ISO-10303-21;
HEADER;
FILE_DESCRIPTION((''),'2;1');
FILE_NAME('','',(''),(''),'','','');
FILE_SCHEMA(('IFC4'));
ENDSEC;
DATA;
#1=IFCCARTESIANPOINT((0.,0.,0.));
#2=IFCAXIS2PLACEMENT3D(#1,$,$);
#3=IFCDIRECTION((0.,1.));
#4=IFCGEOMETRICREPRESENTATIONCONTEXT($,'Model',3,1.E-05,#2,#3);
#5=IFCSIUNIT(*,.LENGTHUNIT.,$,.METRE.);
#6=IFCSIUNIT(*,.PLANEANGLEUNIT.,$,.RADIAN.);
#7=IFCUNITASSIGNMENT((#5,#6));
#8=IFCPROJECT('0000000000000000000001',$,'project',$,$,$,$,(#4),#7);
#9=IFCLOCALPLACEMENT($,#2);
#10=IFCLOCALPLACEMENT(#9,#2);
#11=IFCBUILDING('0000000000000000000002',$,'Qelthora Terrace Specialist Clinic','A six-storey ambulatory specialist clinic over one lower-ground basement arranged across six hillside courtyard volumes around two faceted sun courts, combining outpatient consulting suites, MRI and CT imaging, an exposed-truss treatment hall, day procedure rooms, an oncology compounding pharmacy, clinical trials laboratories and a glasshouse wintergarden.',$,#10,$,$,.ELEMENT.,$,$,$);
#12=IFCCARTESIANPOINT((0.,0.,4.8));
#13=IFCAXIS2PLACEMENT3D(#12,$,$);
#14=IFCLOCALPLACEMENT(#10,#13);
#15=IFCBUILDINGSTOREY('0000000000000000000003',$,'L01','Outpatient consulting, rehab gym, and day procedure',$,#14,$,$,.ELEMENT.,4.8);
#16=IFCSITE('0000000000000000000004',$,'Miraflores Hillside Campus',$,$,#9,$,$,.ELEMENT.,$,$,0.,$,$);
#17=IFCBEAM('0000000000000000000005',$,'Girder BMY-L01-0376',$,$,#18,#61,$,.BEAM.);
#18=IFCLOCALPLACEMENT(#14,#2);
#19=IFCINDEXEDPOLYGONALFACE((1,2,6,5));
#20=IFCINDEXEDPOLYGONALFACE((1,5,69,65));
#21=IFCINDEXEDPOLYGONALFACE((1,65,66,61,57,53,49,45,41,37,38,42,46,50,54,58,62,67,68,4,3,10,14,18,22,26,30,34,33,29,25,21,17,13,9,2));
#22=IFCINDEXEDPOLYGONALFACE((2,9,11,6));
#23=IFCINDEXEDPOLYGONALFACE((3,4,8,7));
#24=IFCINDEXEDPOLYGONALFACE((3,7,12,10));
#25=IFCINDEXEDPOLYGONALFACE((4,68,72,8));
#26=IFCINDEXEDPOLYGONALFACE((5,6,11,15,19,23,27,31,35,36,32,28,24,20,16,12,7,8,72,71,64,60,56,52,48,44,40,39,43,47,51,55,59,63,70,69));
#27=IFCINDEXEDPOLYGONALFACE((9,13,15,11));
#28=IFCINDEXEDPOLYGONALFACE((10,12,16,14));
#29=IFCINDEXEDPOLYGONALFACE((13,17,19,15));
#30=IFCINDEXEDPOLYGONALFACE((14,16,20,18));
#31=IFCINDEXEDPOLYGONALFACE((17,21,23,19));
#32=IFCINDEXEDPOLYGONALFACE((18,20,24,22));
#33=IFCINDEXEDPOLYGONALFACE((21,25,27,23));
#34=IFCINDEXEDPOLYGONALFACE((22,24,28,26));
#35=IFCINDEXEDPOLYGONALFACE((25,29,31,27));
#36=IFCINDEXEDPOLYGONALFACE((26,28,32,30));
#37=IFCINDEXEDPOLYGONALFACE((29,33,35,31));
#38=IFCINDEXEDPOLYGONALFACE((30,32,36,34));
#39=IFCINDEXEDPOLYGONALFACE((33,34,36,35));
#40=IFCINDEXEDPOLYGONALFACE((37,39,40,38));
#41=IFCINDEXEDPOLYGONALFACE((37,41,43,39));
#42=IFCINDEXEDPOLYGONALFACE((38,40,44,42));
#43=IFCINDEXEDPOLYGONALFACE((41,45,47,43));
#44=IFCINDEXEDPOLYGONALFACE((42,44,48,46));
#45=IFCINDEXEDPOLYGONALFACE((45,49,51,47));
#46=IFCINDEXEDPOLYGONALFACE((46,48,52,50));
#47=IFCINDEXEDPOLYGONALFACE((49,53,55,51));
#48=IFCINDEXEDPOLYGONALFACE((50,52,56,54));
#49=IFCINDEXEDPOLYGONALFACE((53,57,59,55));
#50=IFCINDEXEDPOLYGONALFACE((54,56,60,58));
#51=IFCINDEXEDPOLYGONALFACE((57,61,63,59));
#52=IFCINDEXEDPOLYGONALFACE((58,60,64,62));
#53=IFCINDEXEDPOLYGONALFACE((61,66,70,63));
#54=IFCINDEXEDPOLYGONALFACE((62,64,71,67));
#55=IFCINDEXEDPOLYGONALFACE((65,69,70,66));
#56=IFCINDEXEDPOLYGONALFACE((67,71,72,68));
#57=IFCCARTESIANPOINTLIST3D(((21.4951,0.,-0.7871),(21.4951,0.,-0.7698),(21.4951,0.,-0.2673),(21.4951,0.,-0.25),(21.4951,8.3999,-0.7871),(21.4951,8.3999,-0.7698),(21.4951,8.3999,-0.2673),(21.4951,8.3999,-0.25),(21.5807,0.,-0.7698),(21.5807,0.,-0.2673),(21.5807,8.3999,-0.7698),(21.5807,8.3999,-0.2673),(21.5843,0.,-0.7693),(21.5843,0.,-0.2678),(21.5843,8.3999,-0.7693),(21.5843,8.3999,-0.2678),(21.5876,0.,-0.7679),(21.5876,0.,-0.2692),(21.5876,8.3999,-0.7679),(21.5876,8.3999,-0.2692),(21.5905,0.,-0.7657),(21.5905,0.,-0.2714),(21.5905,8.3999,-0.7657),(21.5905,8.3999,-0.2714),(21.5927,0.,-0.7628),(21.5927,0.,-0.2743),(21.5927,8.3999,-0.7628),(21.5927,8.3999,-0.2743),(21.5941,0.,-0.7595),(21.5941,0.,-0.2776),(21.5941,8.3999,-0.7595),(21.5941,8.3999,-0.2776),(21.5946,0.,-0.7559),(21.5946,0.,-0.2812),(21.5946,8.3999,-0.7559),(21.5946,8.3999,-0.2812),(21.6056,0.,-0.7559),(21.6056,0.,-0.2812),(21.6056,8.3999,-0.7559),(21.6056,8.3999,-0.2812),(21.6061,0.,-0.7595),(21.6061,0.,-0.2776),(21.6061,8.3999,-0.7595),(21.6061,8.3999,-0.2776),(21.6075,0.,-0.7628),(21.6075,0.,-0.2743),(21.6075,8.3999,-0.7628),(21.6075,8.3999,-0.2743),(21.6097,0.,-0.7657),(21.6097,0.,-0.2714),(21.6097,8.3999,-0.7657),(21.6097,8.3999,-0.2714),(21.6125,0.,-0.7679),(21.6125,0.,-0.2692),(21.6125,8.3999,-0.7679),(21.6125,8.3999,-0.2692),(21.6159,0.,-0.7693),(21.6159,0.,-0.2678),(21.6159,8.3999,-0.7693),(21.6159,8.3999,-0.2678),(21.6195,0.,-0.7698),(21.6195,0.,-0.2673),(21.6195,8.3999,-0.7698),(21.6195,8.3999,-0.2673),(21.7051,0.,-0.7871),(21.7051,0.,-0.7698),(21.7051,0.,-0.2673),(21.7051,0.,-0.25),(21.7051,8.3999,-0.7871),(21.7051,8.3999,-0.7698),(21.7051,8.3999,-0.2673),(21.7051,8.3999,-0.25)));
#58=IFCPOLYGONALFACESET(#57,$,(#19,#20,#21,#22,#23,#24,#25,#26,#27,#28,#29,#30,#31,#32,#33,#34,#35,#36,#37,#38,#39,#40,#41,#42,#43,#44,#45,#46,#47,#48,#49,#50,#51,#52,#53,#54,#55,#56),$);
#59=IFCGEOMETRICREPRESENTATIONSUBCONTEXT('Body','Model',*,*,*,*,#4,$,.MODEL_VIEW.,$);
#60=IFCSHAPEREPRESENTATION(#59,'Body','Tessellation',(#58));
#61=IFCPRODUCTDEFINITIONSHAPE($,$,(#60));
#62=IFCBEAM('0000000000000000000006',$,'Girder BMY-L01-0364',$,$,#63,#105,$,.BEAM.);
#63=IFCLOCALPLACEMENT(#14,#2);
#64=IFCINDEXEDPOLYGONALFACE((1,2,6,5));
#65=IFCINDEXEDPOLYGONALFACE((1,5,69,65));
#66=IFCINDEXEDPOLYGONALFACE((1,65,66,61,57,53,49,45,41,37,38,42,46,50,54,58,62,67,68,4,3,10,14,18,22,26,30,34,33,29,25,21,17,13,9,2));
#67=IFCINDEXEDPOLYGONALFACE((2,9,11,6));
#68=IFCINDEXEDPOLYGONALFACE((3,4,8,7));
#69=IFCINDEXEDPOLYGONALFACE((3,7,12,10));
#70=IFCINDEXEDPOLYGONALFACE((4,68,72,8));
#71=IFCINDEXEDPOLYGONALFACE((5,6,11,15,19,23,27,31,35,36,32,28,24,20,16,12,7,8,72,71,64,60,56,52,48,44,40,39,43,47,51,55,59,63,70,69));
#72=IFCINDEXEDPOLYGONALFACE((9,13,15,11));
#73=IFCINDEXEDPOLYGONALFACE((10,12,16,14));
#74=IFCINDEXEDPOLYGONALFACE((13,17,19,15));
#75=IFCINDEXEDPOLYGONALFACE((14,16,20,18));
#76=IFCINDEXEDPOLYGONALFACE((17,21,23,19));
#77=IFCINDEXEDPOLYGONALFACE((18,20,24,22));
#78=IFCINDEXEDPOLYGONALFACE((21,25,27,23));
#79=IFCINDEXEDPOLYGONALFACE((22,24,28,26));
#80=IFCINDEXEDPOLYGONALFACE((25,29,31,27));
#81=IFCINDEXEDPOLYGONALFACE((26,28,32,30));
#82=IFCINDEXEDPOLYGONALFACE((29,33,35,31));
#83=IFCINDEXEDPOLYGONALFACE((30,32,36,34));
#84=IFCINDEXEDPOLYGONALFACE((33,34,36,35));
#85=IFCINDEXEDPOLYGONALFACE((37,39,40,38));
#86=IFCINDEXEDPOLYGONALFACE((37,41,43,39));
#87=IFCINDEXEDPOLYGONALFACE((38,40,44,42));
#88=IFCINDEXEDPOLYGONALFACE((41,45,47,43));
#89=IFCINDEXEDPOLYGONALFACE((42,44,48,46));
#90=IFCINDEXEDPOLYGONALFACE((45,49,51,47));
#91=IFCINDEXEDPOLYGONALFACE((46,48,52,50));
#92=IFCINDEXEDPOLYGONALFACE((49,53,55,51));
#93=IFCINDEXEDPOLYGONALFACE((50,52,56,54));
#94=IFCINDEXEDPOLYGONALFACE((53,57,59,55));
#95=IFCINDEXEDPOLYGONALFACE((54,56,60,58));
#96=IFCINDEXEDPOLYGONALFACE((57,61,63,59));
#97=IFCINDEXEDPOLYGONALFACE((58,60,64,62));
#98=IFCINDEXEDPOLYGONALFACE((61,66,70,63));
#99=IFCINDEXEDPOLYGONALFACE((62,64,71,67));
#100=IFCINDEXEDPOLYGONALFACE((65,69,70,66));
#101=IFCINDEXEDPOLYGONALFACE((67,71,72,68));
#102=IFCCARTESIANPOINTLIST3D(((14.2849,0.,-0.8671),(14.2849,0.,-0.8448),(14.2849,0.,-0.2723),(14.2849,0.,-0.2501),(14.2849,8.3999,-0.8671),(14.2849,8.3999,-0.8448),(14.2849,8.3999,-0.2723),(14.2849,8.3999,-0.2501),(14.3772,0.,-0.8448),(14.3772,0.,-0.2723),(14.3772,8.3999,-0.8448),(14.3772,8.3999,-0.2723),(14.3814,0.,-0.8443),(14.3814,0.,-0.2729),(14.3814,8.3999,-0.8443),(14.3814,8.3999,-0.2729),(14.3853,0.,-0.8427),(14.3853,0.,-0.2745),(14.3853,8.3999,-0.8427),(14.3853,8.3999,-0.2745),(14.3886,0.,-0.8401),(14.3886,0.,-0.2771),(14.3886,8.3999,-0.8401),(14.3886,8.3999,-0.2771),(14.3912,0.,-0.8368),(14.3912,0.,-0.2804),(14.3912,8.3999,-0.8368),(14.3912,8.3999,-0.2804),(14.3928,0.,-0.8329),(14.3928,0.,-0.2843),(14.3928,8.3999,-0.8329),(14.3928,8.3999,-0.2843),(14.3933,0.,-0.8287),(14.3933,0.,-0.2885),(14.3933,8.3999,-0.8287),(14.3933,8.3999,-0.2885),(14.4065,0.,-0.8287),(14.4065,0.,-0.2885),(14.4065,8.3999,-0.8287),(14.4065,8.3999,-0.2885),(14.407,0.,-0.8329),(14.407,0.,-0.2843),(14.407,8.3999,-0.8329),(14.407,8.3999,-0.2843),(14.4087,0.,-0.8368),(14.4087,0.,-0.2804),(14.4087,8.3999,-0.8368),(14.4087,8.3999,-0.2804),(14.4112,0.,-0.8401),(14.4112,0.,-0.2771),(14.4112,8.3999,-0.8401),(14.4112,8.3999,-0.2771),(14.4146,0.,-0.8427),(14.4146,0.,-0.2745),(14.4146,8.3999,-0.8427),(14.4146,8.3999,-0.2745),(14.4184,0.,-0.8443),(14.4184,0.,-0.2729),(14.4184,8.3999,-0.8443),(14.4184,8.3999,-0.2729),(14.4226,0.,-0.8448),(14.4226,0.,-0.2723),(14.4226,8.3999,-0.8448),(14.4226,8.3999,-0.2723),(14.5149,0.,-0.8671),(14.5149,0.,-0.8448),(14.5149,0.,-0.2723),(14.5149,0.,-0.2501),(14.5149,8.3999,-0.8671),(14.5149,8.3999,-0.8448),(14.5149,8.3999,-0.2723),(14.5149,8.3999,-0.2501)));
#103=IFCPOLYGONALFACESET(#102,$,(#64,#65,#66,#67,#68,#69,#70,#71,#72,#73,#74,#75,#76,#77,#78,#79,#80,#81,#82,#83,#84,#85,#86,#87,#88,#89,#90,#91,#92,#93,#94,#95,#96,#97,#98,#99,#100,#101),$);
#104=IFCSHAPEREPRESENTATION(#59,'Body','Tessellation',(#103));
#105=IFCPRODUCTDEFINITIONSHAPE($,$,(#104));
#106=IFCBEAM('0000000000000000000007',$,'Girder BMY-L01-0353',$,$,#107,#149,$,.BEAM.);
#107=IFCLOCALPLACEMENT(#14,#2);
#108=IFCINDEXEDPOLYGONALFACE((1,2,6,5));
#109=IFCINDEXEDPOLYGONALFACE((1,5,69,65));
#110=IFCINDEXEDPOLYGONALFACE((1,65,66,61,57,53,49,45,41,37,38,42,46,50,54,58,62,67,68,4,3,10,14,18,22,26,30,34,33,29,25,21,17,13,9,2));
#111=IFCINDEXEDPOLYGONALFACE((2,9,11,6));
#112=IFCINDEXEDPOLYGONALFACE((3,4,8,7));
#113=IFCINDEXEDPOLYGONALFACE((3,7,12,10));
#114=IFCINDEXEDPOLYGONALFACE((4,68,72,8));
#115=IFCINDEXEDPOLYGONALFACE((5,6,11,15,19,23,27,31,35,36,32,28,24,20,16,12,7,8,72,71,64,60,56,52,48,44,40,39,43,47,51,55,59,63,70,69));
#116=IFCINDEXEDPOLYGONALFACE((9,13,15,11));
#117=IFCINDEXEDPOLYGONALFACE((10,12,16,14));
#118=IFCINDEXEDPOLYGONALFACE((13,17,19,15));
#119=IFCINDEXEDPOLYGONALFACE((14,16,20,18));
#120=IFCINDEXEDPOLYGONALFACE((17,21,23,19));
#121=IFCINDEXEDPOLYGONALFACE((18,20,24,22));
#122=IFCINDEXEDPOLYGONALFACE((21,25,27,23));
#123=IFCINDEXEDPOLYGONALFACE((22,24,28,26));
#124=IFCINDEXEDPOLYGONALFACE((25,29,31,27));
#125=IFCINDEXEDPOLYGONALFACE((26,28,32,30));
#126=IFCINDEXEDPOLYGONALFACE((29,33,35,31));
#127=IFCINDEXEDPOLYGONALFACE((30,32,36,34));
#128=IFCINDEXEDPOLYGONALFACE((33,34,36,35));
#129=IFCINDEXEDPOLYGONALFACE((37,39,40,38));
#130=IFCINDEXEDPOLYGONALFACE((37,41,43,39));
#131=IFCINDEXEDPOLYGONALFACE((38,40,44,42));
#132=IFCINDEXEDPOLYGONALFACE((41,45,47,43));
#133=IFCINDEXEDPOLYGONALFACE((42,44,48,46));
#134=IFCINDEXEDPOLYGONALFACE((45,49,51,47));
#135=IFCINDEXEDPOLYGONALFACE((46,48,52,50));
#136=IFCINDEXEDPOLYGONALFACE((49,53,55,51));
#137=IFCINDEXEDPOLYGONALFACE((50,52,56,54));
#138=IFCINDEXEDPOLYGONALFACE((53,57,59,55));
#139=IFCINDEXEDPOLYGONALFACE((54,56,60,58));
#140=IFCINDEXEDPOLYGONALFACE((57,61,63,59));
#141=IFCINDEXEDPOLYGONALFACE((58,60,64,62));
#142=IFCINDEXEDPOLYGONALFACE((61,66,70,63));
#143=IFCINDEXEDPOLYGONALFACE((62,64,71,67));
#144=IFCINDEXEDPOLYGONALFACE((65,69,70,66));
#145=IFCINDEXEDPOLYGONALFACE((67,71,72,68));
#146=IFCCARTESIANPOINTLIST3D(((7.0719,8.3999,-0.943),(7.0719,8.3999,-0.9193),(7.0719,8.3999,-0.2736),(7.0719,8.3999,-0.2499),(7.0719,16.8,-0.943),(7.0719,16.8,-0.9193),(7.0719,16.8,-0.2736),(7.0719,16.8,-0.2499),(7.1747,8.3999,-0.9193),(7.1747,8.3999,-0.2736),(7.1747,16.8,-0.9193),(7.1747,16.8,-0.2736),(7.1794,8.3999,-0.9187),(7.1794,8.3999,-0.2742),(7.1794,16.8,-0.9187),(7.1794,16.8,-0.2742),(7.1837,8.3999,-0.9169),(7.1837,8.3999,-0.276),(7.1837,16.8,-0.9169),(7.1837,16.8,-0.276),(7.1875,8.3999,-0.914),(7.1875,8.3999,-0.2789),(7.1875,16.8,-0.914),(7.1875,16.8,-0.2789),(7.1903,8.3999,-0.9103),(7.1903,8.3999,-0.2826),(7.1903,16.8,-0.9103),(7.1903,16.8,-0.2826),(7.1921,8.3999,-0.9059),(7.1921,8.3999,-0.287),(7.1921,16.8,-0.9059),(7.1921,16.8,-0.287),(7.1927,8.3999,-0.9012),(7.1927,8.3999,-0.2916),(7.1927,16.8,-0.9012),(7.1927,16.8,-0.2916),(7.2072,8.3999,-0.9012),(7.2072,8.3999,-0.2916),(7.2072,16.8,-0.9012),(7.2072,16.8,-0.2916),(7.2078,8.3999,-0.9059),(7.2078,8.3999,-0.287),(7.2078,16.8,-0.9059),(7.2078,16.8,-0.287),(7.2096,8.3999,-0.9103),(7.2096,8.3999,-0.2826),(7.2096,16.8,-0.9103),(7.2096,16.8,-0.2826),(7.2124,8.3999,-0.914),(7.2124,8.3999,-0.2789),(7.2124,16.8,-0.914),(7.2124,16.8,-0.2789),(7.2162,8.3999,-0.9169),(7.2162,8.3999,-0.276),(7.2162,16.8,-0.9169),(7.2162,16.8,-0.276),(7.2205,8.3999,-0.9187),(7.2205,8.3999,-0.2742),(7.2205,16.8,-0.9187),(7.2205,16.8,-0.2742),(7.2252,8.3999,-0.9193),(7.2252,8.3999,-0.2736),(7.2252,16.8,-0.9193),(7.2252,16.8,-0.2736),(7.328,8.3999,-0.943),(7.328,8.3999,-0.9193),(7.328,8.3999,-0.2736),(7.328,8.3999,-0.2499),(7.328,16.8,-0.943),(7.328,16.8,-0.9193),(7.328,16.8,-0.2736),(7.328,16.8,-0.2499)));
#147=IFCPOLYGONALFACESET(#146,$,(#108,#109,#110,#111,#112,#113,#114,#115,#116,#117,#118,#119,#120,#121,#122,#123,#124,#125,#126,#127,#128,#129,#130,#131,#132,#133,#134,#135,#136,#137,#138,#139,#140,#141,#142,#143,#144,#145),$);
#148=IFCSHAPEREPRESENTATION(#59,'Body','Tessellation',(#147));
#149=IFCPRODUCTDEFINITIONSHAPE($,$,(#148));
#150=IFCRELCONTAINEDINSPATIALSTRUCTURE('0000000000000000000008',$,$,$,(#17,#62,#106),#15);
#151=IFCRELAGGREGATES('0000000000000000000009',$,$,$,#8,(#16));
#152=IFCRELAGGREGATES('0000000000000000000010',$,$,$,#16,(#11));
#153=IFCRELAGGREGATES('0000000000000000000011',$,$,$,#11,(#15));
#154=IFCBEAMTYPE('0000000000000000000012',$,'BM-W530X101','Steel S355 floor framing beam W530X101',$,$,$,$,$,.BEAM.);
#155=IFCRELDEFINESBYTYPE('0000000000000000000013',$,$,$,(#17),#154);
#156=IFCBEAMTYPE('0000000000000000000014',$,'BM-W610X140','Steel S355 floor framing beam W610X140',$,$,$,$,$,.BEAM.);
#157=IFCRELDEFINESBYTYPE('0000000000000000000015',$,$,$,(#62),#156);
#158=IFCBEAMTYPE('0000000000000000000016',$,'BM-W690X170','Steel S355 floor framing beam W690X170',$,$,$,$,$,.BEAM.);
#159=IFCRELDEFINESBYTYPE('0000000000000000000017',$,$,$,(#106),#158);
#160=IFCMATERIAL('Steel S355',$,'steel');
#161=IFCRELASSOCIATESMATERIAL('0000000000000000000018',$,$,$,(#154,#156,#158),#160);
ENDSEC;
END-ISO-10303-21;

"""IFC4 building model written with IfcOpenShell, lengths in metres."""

from ifc_helpers import new_model, si_unit, direction, frame, origin, origin_2d, place, context, subcontext, project, spatial, i_section, extrude, material, material_profile, profile_set, type_object, element, save


model = new_model("IFC4")

# Units and contexts
model_context = context("Model", 3, precision=1e-05, world=origin(), true_north=direction((0.0, 1.0)))
body_context = subcontext(model_context, "Body", "Model", "MODEL_VIEW")
ifc_project = project(units=[si_unit("LENGTHUNIT", "METRE"), si_unit("PLANEANGLEUNIT", "RADIAN")], contexts=[model_context])

# Site, building, storey
site_placement = place(None, origin())
site = spatial("IfcSite", under=ifc_project, at=site_placement, Name="Miraflores Hillside Campus", CompositionType="ELEMENT", RefElevation=0.0)
building_placement = place(site_placement, origin())
building = spatial("IfcBuilding", under=site, at=building_placement, Name="Qelthora Terrace Specialist Clinic", Description="A six-storey ambulatory specialist clinic over one lower-ground basement arranged across six hillside courtyard volumes around two faceted sun courts, combining outpatient consulting suites, MRI and CT imaging, an exposed-truss treatment hall, day procedure rooms, an oncology compounding pharmacy, clinical trials laboratories and a glasshouse wintergarden.", CompositionType="ELEMENT")
storey_placement = place(building_placement, frame((0.0, 0.0, 4.8)))
storey = spatial("IfcBuildingStorey", under=building, at=storey_placement, Name="L01", Description="Outpatient consulting, rehab gym, and day procedure", CompositionType="ELEMENT", Elevation=4.8)

# Shared definitions
ifc_material_1 = material(Name="Steel S355", Category="steel")

# Beams
ifc_material_profile_1 = material_profile(ifc_material_1, i_section(OverallWidth=0.21, OverallDepth=0.5371, WebThickness=0.011, FlangeThickness=0.0173, FilletRadius=0.0139, at=origin_2d()), Name="W530X101")
ifc_profile_set_1 = profile_set([ifc_material_profile_1], Name="Steel S355")
beam_type_1 = type_object("IfcBeamType", Name="BM-W530X101", Description="Steel S355 floor framing beam W530X101", PredefinedType="BEAM", material=ifc_profile_set_1)
beam_1_placement = place(storey_placement, frame((21.6001, 0.0, -0.5186), z_axis=(0.0, 1.0, 0.0), x_axis=(-1.0, 0.0, 0.0)))
element("IfcBeam", 1, at=beam_1_placement, inside=storey, type_object=beam_type_1, Name="Girder BMY-L01-0376", PredefinedType="BEAM", context=body_context, shape_type="SweptSolid", body=[
    extrude(i_section(OverallWidth=0.21, OverallDepth=0.5371, WebThickness=0.011, FlangeThickness=0.0173, FilletRadius=0.0139, at=origin_2d()), origin(), (0.0, 0.0, 1.0), 8.3999),
])
ifc_material_profile_2 = material_profile(ifc_material_1, i_section(OverallWidth=0.23, OverallDepth=0.6169, WebThickness=0.0132, FlangeThickness=0.0222, FilletRadius=0.0161, at=origin_2d()), Name="W610X140")
ifc_profile_set_2 = profile_set([ifc_material_profile_2], Name="Steel S355")
beam_type_2 = type_object("IfcBeamType", Name="BM-W610X140", Description="Steel S355 floor framing beam W610X140", PredefinedType="BEAM", material=ifc_profile_set_2)
beam_2_placement = place(storey_placement, frame((14.3999, 0.0, -0.5586), z_axis=(0.0, 1.0, 0.0), x_axis=(-1.0, 0.0, 0.0)))
element("IfcBeam", 2, at=beam_2_placement, inside=storey, type_object=beam_type_2, Name="Girder BMY-L01-0364", PredefinedType="BEAM", context=body_context, shape_type="SweptSolid", body=[
    extrude(i_section(OverallWidth=0.23, OverallDepth=0.6169, WebThickness=0.0132, FlangeThickness=0.0222, FilletRadius=0.0161, at=origin_2d()), origin(), (0.0, 0.0, 1.0), 8.3999),
])
ifc_material_profile_3 = material_profile(ifc_material_1, i_section(OverallWidth=0.2561, OverallDepth=0.6931, WebThickness=0.0144, FlangeThickness=0.0237, FilletRadius=0.0181, at=origin_2d()), Name="W690X170")
ifc_profile_set_3 = profile_set([ifc_material_profile_3], Name="Steel S355")
beam_type_3 = type_object("IfcBeamType", Name="BM-W690X170", Description="Steel S355 floor framing beam W690X170", PredefinedType="BEAM", material=ifc_profile_set_3)
beam_3_placement = place(storey_placement, frame((7.2, 8.3999, -0.5964), z_axis=(0.0, 1.0, 0.0), x_axis=(-1.0, 0.0, 0.0)))
element("IfcBeam", 3, at=beam_3_placement, inside=storey, type_object=beam_type_3, Name="Girder BMY-L01-0353", PredefinedType="BEAM", context=body_context, shape_type="SweptSolid", body=[
    extrude(i_section(OverallWidth=0.2561, OverallDepth=0.6931, WebThickness=0.0144, FlangeThickness=0.0237, FilletRadius=0.0181, at=origin_2d()), origin(), (0.0, 0.0, 1.0), 8.4001),
])

save(model, "model.ifc")
